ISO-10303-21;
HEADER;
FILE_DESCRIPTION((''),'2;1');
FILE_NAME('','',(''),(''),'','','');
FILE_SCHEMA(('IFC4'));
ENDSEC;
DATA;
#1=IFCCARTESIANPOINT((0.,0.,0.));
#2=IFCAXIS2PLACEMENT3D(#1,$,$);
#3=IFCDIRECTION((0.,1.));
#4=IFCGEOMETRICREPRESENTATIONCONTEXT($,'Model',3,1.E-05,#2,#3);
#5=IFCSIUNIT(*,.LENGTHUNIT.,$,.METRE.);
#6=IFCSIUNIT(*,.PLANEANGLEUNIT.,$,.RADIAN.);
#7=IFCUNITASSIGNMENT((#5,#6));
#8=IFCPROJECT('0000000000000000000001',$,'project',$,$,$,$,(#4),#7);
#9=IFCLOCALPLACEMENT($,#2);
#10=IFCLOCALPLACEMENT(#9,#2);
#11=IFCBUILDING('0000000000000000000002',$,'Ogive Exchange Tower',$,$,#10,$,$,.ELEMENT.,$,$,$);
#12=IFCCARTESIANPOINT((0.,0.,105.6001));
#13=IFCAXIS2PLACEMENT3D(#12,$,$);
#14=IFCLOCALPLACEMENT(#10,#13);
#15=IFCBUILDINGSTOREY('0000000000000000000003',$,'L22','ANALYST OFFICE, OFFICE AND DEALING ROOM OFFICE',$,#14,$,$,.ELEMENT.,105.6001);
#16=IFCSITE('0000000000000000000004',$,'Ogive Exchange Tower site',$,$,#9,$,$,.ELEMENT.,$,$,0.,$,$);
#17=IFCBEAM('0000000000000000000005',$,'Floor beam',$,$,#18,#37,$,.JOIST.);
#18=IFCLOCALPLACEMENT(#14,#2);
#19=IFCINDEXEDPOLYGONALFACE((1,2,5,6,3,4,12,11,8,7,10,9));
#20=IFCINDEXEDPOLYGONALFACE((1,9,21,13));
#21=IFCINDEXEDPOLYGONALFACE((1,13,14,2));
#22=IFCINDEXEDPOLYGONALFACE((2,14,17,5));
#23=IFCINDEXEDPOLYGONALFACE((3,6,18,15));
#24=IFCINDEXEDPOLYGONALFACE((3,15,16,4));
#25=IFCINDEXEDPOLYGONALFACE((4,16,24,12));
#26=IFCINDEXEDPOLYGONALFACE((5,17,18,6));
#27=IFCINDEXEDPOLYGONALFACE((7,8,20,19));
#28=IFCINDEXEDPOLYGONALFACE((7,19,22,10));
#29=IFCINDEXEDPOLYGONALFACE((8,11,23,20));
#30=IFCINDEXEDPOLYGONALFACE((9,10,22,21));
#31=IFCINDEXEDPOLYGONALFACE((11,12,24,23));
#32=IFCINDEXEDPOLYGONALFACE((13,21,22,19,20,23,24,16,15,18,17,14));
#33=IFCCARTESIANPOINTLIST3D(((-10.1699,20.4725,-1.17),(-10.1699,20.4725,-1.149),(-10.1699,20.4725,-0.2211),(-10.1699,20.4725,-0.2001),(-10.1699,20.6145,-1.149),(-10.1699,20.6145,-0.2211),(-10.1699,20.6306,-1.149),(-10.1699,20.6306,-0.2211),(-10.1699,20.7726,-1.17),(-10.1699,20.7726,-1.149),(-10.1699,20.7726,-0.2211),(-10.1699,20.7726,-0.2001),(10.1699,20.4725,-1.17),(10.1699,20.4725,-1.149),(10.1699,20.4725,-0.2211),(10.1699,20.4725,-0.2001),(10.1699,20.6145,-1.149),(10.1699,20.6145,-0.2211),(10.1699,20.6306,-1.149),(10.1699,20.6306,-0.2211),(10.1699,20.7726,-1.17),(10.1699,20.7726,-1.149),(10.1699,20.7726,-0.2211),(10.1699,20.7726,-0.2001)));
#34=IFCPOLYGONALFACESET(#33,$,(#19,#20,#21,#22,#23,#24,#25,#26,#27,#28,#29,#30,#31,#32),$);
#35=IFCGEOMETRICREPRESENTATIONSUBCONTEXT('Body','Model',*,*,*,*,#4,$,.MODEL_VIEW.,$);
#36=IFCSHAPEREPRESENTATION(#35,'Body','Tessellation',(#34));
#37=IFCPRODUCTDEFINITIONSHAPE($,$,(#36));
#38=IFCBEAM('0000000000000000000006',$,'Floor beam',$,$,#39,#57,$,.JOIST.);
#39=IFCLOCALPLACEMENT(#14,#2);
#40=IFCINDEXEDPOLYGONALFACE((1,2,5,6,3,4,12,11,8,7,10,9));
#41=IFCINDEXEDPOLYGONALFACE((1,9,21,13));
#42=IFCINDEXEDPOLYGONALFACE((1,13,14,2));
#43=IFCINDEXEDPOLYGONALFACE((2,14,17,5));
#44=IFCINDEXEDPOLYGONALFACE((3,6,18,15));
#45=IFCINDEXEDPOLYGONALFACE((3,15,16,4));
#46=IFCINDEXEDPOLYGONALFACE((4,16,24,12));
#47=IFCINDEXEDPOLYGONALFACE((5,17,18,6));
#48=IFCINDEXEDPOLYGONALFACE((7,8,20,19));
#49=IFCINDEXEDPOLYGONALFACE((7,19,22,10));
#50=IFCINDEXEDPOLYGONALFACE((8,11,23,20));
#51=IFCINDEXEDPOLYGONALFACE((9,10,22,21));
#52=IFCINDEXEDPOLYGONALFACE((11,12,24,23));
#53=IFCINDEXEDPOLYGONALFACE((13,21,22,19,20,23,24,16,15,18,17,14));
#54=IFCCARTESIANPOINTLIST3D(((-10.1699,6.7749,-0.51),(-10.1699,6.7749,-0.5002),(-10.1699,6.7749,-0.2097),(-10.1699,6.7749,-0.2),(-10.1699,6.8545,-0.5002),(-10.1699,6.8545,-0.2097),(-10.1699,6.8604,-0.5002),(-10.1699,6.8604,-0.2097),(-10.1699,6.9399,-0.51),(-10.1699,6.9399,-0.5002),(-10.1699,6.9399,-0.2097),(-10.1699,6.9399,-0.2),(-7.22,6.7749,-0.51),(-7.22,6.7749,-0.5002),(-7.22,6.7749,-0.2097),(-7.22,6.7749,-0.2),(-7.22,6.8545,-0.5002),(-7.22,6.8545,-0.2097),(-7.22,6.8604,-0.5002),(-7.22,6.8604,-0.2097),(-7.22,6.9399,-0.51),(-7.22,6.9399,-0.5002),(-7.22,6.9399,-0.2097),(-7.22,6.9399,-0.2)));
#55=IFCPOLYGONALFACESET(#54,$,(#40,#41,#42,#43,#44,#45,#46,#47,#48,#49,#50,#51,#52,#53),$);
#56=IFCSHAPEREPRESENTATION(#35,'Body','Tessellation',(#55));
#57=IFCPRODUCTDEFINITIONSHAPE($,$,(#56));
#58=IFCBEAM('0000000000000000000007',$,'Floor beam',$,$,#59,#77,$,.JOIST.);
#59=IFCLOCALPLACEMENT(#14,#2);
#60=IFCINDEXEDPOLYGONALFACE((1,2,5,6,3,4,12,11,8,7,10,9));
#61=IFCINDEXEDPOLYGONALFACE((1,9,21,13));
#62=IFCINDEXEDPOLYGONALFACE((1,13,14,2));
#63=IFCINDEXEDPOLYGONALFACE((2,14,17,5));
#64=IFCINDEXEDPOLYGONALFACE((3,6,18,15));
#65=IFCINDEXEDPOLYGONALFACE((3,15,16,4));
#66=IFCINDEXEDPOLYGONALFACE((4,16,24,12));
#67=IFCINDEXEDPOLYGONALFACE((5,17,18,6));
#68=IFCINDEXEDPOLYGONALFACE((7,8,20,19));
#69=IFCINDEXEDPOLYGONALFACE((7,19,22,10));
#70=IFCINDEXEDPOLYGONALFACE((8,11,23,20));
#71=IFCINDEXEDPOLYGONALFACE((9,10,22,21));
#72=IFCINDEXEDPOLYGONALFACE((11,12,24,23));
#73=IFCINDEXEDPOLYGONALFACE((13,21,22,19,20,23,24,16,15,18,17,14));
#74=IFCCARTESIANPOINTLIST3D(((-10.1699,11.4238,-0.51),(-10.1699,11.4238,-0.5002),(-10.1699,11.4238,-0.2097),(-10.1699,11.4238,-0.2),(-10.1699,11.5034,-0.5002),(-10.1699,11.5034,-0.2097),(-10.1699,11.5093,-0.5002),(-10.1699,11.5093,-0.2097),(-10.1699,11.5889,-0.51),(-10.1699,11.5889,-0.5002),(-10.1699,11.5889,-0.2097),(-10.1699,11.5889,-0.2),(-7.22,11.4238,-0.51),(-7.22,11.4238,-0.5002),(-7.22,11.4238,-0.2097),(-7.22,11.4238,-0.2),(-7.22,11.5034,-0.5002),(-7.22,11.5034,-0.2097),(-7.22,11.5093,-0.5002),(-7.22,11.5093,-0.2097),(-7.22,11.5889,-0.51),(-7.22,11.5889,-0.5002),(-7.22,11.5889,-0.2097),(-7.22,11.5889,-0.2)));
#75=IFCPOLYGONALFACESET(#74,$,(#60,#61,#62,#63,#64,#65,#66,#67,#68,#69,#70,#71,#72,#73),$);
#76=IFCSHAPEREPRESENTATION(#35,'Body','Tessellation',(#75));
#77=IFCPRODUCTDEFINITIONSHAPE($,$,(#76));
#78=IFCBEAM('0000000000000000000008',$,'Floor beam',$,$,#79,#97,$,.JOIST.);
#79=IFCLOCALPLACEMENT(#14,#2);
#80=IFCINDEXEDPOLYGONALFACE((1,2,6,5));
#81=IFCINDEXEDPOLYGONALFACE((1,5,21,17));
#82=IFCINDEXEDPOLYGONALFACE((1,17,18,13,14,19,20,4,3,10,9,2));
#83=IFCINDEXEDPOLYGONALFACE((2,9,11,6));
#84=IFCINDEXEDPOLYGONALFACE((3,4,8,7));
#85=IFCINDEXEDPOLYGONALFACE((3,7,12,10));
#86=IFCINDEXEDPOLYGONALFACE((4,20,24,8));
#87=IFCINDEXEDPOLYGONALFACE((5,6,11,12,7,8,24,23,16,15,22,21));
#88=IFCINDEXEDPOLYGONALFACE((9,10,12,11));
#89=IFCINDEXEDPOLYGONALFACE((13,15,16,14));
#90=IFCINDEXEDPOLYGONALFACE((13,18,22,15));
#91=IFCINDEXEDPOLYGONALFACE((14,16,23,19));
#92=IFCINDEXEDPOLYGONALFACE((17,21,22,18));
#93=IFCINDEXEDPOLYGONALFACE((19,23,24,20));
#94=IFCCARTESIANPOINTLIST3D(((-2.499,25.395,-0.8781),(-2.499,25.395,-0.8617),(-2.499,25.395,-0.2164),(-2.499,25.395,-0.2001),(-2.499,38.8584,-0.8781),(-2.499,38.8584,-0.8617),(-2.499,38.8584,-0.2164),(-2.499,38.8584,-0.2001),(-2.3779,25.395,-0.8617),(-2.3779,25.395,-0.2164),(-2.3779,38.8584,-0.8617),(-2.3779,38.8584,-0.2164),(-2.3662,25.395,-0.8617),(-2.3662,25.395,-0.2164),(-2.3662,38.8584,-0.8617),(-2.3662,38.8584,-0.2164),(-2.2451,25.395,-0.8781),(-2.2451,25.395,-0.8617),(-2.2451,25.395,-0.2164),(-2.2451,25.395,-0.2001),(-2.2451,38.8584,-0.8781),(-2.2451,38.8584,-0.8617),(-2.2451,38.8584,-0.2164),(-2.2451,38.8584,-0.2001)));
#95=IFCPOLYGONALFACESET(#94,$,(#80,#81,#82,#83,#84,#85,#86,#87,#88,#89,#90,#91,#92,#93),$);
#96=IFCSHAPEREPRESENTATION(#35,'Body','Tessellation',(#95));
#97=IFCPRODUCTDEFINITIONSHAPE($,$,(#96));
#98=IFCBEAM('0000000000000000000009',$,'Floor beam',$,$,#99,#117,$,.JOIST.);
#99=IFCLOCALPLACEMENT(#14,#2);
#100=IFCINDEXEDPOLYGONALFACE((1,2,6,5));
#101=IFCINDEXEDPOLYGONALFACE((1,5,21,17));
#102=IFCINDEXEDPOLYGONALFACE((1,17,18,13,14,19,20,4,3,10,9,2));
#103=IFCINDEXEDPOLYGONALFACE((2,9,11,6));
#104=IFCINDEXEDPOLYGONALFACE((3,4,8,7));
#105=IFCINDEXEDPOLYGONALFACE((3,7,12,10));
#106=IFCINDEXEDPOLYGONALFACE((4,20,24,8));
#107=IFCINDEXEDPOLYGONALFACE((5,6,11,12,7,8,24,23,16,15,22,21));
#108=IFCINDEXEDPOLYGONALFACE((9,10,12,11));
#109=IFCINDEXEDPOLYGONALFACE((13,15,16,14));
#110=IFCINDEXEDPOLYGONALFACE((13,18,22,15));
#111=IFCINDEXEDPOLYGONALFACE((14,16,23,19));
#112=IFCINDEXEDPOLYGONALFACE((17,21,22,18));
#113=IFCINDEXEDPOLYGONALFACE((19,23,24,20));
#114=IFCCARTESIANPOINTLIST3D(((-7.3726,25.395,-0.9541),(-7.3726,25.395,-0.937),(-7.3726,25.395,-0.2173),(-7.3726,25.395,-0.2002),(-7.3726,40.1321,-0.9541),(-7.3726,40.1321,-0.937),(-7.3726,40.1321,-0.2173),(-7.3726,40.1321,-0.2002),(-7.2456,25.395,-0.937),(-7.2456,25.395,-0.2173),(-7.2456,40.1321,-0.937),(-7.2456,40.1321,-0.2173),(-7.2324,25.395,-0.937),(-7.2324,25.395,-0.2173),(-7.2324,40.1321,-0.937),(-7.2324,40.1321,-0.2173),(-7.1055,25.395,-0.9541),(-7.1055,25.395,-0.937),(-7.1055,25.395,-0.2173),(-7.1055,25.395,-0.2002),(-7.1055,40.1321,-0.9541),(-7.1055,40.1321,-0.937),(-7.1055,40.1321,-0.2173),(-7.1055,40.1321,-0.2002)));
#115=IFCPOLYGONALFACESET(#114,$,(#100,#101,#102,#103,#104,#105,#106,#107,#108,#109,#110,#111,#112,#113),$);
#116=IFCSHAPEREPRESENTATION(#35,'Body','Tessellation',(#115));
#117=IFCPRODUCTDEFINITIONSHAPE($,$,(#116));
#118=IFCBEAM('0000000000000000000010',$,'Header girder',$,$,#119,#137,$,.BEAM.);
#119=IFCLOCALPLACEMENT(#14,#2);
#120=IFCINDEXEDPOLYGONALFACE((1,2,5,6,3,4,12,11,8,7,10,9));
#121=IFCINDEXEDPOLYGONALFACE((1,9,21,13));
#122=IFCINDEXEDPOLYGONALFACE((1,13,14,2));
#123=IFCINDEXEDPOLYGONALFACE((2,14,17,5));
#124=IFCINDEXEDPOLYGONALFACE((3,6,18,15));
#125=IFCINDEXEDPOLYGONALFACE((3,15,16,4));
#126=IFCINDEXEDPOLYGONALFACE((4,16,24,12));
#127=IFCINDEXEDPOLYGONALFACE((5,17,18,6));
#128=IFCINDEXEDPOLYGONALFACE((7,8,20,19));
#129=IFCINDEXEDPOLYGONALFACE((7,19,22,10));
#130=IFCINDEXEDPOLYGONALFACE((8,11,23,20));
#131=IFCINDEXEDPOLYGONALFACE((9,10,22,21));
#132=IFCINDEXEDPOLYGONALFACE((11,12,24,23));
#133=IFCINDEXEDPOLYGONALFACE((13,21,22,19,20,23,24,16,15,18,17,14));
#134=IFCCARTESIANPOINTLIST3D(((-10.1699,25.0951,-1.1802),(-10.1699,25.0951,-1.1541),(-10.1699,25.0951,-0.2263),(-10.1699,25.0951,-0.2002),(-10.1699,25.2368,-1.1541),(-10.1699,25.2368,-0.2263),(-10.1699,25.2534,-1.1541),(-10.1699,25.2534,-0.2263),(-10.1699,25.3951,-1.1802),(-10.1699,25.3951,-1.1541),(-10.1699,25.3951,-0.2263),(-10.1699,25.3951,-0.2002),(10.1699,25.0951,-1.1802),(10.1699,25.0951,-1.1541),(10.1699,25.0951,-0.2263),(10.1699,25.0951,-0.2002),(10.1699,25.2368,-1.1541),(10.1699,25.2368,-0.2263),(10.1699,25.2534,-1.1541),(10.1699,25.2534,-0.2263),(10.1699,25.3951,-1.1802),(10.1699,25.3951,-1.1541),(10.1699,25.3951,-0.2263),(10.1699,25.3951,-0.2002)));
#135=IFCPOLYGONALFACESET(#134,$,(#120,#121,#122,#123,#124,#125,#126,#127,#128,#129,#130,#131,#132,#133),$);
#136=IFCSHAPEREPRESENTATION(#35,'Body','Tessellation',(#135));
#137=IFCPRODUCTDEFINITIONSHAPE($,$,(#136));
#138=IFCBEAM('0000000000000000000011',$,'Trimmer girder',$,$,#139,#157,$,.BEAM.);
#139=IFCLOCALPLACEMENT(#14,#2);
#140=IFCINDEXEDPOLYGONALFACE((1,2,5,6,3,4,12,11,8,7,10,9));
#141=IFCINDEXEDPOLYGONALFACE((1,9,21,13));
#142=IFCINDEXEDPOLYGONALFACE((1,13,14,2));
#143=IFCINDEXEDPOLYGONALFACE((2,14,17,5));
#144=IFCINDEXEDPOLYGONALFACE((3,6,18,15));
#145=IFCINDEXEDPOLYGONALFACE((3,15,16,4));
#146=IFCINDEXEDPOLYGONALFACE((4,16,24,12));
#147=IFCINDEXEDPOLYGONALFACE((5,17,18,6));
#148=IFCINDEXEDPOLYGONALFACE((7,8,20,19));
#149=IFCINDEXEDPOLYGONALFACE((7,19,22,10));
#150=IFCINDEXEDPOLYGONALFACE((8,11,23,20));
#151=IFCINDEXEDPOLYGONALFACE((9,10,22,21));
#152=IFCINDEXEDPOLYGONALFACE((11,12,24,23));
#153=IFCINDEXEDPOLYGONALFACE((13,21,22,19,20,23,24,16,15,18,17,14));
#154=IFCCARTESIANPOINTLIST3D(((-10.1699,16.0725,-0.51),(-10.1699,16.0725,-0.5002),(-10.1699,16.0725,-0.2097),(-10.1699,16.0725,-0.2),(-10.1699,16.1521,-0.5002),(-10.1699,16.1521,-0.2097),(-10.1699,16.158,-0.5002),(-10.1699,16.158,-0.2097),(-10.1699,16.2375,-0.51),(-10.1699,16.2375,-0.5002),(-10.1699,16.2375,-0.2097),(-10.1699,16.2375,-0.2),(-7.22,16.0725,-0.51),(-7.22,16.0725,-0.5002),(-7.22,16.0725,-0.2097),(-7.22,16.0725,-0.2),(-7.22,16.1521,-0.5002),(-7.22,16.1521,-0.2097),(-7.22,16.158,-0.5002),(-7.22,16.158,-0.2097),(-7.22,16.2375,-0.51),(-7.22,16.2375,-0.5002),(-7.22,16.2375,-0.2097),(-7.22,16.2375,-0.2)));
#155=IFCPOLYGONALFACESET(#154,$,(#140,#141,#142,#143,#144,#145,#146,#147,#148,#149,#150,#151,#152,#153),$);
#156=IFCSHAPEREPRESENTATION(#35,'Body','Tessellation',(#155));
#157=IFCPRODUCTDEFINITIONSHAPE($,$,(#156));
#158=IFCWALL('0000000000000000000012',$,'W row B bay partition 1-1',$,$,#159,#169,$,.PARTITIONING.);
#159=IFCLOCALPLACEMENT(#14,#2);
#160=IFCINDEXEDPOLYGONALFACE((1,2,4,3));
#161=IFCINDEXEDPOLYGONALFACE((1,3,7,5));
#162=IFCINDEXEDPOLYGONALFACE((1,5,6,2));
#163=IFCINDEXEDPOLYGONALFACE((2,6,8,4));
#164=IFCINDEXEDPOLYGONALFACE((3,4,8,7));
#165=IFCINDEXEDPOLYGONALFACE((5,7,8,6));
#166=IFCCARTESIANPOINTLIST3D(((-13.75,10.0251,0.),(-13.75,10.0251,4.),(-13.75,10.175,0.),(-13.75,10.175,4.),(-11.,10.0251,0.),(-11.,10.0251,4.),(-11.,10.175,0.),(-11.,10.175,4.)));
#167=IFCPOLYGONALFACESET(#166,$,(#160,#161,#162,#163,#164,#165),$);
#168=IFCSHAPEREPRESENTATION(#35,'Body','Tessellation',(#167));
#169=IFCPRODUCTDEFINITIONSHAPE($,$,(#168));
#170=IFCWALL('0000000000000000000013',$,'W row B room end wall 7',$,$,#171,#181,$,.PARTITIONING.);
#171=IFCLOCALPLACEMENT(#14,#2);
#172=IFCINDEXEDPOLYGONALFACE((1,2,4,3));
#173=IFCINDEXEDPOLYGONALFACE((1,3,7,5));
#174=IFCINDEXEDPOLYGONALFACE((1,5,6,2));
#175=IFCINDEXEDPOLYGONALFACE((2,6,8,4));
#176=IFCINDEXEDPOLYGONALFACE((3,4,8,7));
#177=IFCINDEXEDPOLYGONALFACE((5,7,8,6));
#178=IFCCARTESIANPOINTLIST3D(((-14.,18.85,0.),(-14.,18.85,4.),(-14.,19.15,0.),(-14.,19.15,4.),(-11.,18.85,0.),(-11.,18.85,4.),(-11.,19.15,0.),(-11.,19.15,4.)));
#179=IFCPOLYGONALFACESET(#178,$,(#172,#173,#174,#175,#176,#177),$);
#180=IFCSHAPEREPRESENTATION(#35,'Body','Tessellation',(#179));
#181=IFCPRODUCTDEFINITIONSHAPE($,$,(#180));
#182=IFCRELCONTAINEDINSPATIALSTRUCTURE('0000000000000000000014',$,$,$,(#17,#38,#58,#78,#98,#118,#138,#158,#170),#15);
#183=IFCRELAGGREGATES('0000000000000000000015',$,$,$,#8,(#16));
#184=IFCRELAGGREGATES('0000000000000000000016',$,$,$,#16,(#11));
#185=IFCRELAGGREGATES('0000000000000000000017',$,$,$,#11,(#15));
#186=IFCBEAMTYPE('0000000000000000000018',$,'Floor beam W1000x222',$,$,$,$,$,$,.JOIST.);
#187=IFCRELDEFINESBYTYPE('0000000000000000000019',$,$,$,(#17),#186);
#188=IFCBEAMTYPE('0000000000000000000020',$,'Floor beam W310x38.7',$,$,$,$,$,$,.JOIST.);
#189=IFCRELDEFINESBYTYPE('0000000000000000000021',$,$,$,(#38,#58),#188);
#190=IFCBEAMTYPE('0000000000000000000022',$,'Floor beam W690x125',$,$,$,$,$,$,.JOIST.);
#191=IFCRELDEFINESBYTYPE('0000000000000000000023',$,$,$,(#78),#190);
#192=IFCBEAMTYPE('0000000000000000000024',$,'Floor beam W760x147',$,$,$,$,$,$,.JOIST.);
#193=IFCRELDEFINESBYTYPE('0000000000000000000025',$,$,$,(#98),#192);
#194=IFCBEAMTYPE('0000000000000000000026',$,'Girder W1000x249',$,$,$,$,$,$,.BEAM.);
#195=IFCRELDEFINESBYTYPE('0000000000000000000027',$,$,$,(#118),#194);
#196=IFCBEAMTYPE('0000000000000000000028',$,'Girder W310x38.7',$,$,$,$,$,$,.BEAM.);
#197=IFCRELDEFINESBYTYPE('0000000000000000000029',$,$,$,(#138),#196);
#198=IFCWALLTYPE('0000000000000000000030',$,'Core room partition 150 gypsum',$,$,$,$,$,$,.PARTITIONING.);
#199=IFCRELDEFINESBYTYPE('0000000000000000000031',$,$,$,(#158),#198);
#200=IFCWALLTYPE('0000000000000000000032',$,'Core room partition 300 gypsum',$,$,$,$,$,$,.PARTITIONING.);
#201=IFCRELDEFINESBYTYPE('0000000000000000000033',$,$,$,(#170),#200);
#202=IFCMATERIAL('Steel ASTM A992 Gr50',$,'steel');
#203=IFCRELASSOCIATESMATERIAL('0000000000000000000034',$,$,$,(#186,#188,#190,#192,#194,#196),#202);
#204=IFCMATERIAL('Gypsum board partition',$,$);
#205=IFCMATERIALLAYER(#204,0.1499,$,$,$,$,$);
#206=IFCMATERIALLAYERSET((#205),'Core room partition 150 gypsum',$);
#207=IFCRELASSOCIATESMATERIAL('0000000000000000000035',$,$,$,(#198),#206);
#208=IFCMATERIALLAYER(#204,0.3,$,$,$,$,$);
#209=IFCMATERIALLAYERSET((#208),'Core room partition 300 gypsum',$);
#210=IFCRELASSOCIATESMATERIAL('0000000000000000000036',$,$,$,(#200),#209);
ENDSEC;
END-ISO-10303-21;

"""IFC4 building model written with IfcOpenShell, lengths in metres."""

from ifc_helpers import new_model, si_unit, direction, frame, frame_2d, origin, origin_2d, place, context, subcontext, project, spatial, rectangle, i_section, extrude, material, layer, layer_set, material_profile, profile_set, type_object, element, save


model = new_model("IFC4")

# Units and contexts
model_context = context("Model", 3, precision=1e-05, world=origin(), true_north=direction((0.0, 1.0)))
body_context = subcontext(model_context, "Body", "Model", "MODEL_VIEW")
ifc_project = project(units=[si_unit("LENGTHUNIT", "METRE"), si_unit("PLANEANGLEUNIT", "RADIAN")], contexts=[model_context])

# Site, building, storey
site_placement = place(None, origin())
site = spatial("IfcSite", under=ifc_project, at=site_placement, Name="Ogive Exchange Tower site", CompositionType="ELEMENT", RefElevation=0.0)
building_placement = place(site_placement, origin())
building = spatial("IfcBuilding", under=site, at=building_placement, Name="Ogive Exchange Tower", CompositionType="ELEMENT")
storey_placement = place(building_placement, frame((0.0, 0.0, 105.6001)))
storey = spatial("IfcBuildingStorey", under=building, at=storey_placement, Name="L22", Description="ANALYST OFFICE, OFFICE AND DEALING ROOM OFFICE", CompositionType="ELEMENT", Elevation=105.6001)

# Beams
ifc_material_1 = material(Name="Steel ASTM A992 Gr50", Category="steel")
ifc_material_profile_1 = material_profile(ifc_material_1, i_section(OverallWidth=0.3, OverallDepth=0.97, WebThickness=0.0161, FlangeThickness=0.021, at=origin_2d()), Name="W1000x222")
ifc_profile_set_1 = profile_set([ifc_material_profile_1], Name="Steel ASTM A992 Gr50")
beam_type_1 = type_object("IfcBeamType", Name="Floor beam W1000x222", PredefinedType="JOIST", material=ifc_profile_set_1)
beam_1_placement = place(storey_placement, frame((-10.1699, 20.6226, -0.6851), z_axis=(1.0, 0.0, 0.0), x_axis=(0.0, 1.0, 0.0)))
element("IfcBeam", 1, at=beam_1_placement, inside=storey, type_object=beam_type_1, Name="Floor beam", PredefinedType="JOIST", context=body_context, shape_type="SweptSolid", body=[
    extrude(i_section(OverallWidth=0.3, OverallDepth=0.97, WebThickness=0.0161, FlangeThickness=0.021, at=origin_2d()), origin(), (0.0, 0.0, 1.0), 20.3398),
])
ifc_material_profile_2 = material_profile(ifc_material_1, i_section(OverallWidth=0.165, OverallDepth=0.3101, WebThickness=0.0059, FlangeThickness=0.0098, at=origin_2d()), Name="W310x38.7")
ifc_profile_set_2 = profile_set([ifc_material_profile_2], Name="Steel ASTM A992 Gr50")
beam_type_2 = type_object("IfcBeamType", Name="Floor beam W310x38.7", PredefinedType="JOIST", material=ifc_profile_set_2)
for number, where, z_axis, x_axis, name in (
    (2, (-10.1699, 6.8574, -0.355), (1.0, 0.0, 0.0), (0.0, 1.0, 0.0), "Floor beam"),
    (3, (-10.1699, 11.5063, -0.355), (1.0, 0.0, 0.0), (0.0, 1.0, 0.0), "Floor beam"),
):
    element("IfcBeam", number, at=place(storey_placement, frame(where, z_axis=z_axis, x_axis=x_axis)), inside=storey, type_object=beam_type_2, Name=name, PredefinedType="JOIST", context=body_context, shape_type="SweptSolid", body=[
        extrude(i_section(OverallWidth=0.165, OverallDepth=0.3101, WebThickness=0.0059, FlangeThickness=0.0098, at=origin_2d()), origin(), (0.0, 0.0, 1.0), 2.95),
    ])
ifc_material_profile_3 = material_profile(ifc_material_1, i_section(OverallWidth=0.2539, OverallDepth=0.678, WebThickness=0.0117, FlangeThickness=0.0164, at=origin_2d()), Name="W690x125")
ifc_profile_set_3 = profile_set([ifc_material_profile_3], Name="Steel ASTM A992 Gr50")
beam_type_3 = type_object("IfcBeamType", Name="Floor beam W690x125", PredefinedType="JOIST", material=ifc_profile_set_3)
beam_2_placement = place(storey_placement, frame((-2.3721, 25.395, -0.5391), z_axis=(0.0, 1.0, 0.0), x_axis=(-1.0, 0.0, 0.0)))
element("IfcBeam", 4, at=beam_2_placement, inside=storey, type_object=beam_type_3, Name="Floor beam", PredefinedType="JOIST", context=body_context, shape_type="SweptSolid", body=[
    extrude(i_section(OverallWidth=0.2539, OverallDepth=0.678, WebThickness=0.0117, FlangeThickness=0.0164, at=origin_2d()), origin(), (0.0, 0.0, 1.0), 13.4634),
])
ifc_material_profile_4 = material_profile(ifc_material_1, i_section(OverallWidth=0.2671, OverallDepth=0.7539, WebThickness=0.0132, FlangeThickness=0.0171, at=origin_2d()), Name="W760x147")
ifc_profile_set_4 = profile_set([ifc_material_profile_4], Name="Steel ASTM A992 Gr50")
beam_type_4 = type_object("IfcBeamType", Name="Floor beam W760x147", PredefinedType="JOIST", material=ifc_profile_set_4)
beam_3_placement = place(storey_placement, frame((-7.239, 25.395, -0.5771), z_axis=(0.0, 1.0, 0.0), x_axis=(-1.0, 0.0, 0.0)))
element("IfcBeam", 5, at=beam_3_placement, inside=storey, type_object=beam_type_4, Name="Floor beam", PredefinedType="JOIST", context=body_context, shape_type="SweptSolid", body=[
    extrude(i_section(OverallWidth=0.2671, OverallDepth=0.7539, WebThickness=0.0132, FlangeThickness=0.0171, at=origin_2d()), origin(), (0.0, 0.0, 1.0), 14.7371),
])
ifc_material_profile_5 = material_profile(ifc_material_1, i_section(OverallWidth=0.3, OverallDepth=0.98, WebThickness=0.0166, FlangeThickness=0.0261, at=origin_2d()), Name="W1000x249")
ifc_profile_set_5 = profile_set([ifc_material_profile_5], Name="Steel ASTM A992 Gr50")
beam_type_5 = type_object("IfcBeamType", Name="Girder W1000x249", PredefinedType="BEAM", material=ifc_profile_set_5)
beam_4_placement = place(storey_placement, frame((-10.1699, 25.2451, -0.6902), z_axis=(1.0, 0.0, 0.0), x_axis=(0.0, 1.0, 0.0)))
element("IfcBeam", 6, at=beam_4_placement, inside=storey, type_object=beam_type_5, Name="Header girder", PredefinedType="BEAM", context=body_context, shape_type="SweptSolid", body=[
    extrude(i_section(OverallWidth=0.3, OverallDepth=0.98, WebThickness=0.0166, FlangeThickness=0.0261, at=origin_2d()), origin(), (0.0, 0.0, 1.0), 20.3398),
])
ifc_material_profile_6 = material_profile(ifc_material_1, i_section(OverallWidth=0.165, OverallDepth=0.3101, WebThickness=0.0059, FlangeThickness=0.0098, at=origin_2d()), Name="W310x38.7")
ifc_profile_set_6 = profile_set([ifc_material_profile_6], Name="Steel ASTM A992 Gr50")
beam_type_6 = type_object("IfcBeamType", Name="Girder W310x38.7", PredefinedType="BEAM", material=ifc_profile_set_6)
beam_5_placement = place(storey_placement, frame((-10.1699, 16.155, -0.355), z_axis=(1.0, 0.0, 0.0), x_axis=(0.0, 1.0, 0.0)))
element("IfcBeam", 7, at=beam_5_placement, inside=storey, type_object=beam_type_6, Name="Trimmer girder", PredefinedType="BEAM", context=body_context, shape_type="SweptSolid", body=[
    extrude(i_section(OverallWidth=0.165, OverallDepth=0.3101, WebThickness=0.0059, FlangeThickness=0.0098, at=origin_2d()), origin(), (0.0, 0.0, 1.0), 2.95),
])

# Walls
ifc_material_2 = material(Name="Gypsum board partition")
ifc_layer_1 = layer(ifc_material_2, 0.1499)
ifc_layer_set_1 = layer_set([ifc_layer_1], Name="Core room partition 150 gypsum")
wall_type_1 = type_object("IfcWallType", Name="Core room partition 150 gypsum", PredefinedType="PARTITIONING", material=ifc_layer_set_1)
wall_1_placement = place(storey_placement, frame((-13.75, 10.1001, 0.0), z_axis=(0.0, 0.0, 1.0), x_axis=(1.0, 0.0, 0.0)))
element("IfcWall", 8, at=wall_1_placement, inside=storey, type_object=wall_type_1, Name="W row B bay partition 1-1", PredefinedType="PARTITIONING", context=body_context, shape_type="SweptSolid", body=[
    extrude(rectangle(XDim=2.75, YDim=0.1499, at=frame_2d((1.375, 0.0))), origin(), (0.0, 0.0, 1.0), 4.0),
])
ifc_layer_2 = layer(ifc_material_2, 0.3)
ifc_layer_set_2 = layer_set([ifc_layer_2], Name="Core room partition 300 gypsum")
wall_type_2 = type_object("IfcWallType", Name="Core room partition 300 gypsum", PredefinedType="PARTITIONING", material=ifc_layer_set_2)
wall_2_placement = place(storey_placement, frame((-14.0, 19.0, 0.0), z_axis=(0.0, 0.0, 1.0), x_axis=(1.0, 0.0, 0.0)))
element("IfcWall", 9, at=wall_2_placement, inside=storey, type_object=wall_type_2, Name="W row B room end wall 7", PredefinedType="PARTITIONING", context=body_context, shape_type="SweptSolid", body=[
    extrude(rectangle(XDim=3.0, YDim=0.3, at=frame_2d((1.5, 0.0))), origin(), (0.0, 0.0, 1.0), 4.0),
])

save(model, "model.ifc")
